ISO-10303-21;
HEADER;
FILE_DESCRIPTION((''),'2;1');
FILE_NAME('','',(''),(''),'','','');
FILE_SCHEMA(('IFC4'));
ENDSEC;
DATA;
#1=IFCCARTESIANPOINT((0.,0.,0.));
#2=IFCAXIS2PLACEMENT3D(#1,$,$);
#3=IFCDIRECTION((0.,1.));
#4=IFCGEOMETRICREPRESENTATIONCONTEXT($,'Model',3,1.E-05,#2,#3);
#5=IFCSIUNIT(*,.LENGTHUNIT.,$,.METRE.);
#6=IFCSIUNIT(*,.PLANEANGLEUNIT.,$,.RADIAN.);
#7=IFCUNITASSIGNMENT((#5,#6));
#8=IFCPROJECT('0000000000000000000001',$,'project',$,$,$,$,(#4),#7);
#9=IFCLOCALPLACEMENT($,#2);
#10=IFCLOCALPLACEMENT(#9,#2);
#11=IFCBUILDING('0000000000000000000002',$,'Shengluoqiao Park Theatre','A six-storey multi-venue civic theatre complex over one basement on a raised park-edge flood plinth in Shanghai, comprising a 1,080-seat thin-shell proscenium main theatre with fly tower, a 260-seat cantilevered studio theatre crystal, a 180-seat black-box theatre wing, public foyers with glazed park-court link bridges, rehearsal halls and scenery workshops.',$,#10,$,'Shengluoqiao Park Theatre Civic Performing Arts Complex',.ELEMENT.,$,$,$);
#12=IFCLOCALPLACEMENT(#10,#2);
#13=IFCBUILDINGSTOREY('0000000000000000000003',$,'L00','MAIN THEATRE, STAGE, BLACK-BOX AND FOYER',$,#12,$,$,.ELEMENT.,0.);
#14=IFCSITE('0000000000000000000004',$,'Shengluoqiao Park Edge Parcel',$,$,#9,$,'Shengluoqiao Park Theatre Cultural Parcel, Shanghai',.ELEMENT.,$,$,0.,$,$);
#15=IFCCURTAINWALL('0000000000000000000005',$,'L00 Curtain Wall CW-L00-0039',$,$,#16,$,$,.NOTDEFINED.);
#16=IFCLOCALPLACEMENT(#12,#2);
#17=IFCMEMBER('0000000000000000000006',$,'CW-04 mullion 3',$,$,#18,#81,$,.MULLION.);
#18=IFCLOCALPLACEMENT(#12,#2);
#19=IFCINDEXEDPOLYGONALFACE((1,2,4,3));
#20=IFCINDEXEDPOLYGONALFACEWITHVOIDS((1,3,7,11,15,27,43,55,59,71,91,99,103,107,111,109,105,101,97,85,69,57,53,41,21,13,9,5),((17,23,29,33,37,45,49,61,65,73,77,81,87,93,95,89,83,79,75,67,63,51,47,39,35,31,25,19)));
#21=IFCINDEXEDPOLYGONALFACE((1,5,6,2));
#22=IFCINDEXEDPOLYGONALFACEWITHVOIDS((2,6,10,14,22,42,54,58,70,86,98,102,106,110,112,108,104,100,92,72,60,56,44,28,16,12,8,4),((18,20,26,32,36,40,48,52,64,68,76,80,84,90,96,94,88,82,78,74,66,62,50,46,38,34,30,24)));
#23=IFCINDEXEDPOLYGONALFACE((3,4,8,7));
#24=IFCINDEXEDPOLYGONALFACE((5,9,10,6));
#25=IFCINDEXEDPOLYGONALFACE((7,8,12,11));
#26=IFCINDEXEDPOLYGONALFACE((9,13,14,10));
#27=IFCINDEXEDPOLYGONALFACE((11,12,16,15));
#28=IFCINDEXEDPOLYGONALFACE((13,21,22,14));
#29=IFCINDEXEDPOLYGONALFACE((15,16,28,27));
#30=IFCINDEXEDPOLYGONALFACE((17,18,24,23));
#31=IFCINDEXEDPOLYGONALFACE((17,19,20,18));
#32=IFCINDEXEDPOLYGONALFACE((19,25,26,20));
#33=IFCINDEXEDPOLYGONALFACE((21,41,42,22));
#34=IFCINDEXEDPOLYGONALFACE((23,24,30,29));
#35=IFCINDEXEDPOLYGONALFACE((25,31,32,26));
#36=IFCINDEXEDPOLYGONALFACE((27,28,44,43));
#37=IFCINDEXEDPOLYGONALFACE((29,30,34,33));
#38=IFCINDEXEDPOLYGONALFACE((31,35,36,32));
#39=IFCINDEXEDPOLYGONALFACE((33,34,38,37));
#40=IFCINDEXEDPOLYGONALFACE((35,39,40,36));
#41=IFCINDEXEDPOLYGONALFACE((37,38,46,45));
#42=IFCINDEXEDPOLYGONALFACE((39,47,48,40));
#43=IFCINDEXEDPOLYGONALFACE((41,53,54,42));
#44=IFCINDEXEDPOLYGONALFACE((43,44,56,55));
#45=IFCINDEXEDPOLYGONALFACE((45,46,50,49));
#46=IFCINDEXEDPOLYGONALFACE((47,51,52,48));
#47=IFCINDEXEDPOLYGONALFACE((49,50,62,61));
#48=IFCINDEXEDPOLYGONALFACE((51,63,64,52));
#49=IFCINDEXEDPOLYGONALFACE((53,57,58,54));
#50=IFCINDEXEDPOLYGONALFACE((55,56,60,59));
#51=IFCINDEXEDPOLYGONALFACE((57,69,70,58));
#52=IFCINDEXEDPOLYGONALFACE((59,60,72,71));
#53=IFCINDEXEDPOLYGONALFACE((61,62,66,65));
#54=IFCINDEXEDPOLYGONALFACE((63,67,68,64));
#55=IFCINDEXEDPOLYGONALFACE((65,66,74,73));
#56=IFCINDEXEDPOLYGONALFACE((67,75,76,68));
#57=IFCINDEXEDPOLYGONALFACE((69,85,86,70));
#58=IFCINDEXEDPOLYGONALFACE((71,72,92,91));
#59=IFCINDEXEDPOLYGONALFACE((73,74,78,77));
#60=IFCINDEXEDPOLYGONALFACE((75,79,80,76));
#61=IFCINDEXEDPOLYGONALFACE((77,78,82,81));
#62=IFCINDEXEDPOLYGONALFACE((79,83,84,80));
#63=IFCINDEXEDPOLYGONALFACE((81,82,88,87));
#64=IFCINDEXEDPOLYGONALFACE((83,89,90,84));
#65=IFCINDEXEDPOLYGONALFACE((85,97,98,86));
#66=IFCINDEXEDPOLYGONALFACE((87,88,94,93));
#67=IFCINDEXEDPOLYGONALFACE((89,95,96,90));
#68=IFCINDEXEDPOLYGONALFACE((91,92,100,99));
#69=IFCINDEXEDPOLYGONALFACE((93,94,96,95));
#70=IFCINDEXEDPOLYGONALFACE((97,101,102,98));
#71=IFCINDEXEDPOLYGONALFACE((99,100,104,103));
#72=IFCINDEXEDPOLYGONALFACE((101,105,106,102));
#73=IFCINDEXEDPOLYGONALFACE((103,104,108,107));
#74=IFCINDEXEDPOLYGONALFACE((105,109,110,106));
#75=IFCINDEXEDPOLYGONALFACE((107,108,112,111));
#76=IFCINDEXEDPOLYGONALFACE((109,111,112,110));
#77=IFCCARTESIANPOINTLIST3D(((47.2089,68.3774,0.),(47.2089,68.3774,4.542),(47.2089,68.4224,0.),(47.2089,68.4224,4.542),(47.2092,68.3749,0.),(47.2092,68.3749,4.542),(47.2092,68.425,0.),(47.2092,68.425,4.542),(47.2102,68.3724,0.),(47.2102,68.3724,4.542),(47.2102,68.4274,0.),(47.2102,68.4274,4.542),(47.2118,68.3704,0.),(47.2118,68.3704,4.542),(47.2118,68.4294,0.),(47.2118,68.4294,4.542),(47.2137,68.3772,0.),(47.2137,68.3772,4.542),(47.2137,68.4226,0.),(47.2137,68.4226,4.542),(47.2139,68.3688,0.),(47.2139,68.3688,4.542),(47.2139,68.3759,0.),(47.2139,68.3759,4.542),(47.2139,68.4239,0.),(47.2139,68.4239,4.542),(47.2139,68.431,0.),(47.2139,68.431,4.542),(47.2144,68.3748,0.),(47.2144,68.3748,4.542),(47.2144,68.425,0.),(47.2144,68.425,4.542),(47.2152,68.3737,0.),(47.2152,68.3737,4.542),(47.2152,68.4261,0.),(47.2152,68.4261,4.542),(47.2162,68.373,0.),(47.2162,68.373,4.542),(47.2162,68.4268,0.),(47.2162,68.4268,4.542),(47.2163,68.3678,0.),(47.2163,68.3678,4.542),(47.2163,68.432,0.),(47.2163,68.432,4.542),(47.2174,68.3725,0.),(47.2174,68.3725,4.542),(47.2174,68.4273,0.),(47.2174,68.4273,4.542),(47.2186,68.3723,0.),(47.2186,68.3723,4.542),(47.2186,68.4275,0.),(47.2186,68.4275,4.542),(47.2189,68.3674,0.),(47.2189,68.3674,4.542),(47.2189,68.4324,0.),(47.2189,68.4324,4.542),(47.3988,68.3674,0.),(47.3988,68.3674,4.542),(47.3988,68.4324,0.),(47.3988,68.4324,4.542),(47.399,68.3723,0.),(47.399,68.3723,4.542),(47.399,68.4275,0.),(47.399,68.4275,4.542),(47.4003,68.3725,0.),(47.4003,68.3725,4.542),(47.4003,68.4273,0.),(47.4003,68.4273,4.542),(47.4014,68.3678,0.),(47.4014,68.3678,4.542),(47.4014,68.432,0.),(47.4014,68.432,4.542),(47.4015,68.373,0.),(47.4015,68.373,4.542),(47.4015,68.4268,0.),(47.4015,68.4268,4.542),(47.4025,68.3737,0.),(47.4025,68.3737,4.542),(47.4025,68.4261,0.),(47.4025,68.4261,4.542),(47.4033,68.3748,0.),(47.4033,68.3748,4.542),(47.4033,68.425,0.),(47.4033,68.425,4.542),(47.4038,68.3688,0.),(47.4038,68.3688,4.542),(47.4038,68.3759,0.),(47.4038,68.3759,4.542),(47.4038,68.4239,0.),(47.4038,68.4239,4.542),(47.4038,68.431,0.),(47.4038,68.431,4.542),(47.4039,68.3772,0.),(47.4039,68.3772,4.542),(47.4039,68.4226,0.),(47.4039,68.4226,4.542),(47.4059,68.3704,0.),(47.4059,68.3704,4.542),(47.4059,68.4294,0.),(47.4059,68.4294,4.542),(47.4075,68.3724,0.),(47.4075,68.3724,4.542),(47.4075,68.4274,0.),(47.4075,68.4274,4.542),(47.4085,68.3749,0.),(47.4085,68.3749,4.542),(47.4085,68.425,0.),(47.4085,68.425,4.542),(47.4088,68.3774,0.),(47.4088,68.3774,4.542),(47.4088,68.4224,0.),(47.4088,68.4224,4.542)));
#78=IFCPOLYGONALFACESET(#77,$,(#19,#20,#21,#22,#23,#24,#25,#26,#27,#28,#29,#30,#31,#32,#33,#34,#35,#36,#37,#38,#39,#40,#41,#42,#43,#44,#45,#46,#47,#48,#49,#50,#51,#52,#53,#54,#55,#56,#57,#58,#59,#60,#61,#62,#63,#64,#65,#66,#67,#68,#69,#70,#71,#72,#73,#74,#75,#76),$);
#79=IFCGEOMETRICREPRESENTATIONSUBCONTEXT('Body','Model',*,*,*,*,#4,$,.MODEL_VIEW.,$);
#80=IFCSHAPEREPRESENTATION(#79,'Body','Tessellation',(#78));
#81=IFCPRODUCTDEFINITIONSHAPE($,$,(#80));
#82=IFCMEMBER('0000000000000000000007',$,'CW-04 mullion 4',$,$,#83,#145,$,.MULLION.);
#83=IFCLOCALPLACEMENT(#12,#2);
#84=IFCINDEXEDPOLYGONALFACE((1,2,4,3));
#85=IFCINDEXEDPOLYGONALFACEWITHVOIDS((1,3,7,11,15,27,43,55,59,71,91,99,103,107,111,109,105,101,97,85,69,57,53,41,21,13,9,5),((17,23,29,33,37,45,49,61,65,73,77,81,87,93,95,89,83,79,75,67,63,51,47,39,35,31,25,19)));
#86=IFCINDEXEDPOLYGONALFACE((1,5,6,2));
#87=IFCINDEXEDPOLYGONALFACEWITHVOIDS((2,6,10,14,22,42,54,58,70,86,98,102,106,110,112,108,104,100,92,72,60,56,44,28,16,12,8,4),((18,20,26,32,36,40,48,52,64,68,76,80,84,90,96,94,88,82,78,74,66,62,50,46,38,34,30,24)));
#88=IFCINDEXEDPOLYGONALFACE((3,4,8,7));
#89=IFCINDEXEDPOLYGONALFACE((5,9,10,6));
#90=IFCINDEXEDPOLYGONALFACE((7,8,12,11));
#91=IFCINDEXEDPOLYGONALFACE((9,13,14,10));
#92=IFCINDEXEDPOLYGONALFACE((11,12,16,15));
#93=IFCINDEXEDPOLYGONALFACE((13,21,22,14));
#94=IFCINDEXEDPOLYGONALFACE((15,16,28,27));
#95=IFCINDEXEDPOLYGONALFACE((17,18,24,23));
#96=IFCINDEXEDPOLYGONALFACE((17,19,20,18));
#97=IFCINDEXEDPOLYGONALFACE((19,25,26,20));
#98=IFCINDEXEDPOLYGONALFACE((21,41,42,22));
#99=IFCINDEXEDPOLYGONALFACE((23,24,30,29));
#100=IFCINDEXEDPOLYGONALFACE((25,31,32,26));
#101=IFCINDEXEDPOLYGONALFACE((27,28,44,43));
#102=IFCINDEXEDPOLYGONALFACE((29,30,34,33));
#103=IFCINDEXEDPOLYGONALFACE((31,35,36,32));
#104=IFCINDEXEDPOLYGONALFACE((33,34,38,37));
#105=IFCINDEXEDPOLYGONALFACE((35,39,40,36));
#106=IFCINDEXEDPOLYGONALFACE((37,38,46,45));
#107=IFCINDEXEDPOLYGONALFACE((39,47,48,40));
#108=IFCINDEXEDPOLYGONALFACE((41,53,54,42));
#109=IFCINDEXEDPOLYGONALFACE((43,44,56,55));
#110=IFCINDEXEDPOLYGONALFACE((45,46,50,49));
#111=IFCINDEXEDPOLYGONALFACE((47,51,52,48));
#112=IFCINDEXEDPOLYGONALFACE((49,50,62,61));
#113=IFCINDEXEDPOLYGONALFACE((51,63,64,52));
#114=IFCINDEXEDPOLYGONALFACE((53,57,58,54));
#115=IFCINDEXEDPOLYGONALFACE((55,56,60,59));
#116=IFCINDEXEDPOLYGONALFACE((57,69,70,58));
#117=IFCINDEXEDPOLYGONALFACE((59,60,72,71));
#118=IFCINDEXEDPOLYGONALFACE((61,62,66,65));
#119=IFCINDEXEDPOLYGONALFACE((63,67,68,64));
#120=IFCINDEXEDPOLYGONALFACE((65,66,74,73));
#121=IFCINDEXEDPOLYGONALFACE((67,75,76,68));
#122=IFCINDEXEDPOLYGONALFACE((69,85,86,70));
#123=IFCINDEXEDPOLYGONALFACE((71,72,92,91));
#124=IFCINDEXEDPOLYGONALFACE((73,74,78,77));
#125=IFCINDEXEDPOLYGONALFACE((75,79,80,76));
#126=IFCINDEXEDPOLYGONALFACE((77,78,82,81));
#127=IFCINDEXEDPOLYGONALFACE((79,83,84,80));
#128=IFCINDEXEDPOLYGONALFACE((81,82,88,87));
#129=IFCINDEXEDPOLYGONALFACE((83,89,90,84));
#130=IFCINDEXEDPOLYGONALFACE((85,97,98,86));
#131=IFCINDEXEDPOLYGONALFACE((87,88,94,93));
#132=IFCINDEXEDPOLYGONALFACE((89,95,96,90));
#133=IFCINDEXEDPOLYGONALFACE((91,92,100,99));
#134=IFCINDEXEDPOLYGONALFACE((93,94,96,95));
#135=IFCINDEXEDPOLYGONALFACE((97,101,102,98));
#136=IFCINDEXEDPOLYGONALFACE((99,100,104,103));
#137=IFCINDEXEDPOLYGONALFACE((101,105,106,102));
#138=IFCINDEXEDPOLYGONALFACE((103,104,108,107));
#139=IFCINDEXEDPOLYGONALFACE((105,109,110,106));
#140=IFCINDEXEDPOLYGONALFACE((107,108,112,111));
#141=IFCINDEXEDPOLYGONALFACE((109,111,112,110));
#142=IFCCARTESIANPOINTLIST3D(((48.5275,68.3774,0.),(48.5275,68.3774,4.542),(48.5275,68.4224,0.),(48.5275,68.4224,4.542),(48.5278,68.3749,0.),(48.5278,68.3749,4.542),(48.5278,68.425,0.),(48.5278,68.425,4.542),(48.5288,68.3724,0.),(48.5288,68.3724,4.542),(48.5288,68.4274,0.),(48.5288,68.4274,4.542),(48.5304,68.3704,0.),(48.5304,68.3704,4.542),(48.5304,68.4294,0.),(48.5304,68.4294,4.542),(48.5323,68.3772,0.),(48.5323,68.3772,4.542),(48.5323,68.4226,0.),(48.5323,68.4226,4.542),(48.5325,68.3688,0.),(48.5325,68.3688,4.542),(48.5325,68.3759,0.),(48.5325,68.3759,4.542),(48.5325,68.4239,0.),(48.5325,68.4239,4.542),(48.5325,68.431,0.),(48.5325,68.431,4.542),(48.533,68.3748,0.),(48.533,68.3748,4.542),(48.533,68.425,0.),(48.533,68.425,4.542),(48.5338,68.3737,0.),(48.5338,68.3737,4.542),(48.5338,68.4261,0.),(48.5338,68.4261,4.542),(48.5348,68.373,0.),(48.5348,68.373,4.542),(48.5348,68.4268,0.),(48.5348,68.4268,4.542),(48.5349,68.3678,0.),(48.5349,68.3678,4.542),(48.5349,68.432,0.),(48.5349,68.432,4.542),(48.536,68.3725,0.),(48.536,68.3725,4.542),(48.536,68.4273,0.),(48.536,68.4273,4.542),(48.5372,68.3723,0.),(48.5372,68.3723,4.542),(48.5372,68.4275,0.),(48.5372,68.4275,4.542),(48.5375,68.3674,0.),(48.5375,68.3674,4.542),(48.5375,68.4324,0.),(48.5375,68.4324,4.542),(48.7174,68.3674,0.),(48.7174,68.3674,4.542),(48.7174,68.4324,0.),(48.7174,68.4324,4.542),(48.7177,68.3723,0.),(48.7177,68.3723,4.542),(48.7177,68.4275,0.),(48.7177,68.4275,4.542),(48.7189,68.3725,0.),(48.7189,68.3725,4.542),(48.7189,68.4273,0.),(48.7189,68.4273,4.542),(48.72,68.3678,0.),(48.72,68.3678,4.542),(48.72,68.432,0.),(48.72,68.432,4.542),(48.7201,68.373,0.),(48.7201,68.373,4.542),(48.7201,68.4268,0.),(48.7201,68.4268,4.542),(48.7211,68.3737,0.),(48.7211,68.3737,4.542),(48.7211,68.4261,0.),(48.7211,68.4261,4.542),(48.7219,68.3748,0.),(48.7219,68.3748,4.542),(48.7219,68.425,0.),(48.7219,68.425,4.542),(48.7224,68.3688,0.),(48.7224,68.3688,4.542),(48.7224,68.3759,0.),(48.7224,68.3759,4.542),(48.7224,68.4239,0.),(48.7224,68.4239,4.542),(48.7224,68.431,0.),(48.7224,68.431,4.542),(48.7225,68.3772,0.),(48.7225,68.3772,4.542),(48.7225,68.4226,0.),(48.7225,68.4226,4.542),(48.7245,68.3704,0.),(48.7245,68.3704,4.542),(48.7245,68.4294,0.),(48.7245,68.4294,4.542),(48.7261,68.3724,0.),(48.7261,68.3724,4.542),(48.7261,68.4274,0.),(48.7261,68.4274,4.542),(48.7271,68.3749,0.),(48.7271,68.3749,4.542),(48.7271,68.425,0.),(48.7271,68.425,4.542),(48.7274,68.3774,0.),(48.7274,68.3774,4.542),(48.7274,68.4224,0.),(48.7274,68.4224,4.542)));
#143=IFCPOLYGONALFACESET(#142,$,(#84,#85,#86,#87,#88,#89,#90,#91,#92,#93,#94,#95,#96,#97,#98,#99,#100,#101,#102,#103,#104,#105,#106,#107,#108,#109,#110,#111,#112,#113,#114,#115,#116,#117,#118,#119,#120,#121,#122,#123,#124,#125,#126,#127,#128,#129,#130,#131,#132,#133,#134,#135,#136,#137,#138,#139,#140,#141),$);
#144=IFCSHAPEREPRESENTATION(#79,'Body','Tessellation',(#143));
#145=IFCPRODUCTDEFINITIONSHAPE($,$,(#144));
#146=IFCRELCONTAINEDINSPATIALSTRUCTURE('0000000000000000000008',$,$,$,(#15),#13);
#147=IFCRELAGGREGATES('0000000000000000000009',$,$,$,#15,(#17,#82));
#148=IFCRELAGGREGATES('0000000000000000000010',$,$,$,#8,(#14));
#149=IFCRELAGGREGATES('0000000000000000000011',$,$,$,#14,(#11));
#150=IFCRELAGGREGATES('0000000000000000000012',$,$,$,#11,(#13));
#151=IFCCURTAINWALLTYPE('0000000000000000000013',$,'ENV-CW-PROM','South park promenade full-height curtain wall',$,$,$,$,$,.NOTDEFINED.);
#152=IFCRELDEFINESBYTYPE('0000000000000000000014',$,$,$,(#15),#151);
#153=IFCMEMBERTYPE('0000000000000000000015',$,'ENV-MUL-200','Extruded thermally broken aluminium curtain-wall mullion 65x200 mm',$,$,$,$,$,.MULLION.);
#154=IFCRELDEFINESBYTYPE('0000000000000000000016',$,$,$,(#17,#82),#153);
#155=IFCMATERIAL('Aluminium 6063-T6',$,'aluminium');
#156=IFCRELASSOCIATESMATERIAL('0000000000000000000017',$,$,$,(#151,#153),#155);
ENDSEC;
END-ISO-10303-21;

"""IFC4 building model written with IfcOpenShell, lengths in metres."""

from ifc_helpers import new_model, si_unit, direction, frame, origin, origin_2d, place, context, subcontext, project, spatial, hollow_rectangle, extrude, material, material_profile, profile_set, type_object, element, aggregate, save


model = new_model("IFC4")

# Units and contexts
model_context = context("Model", 3, precision=1e-05, world=origin(), true_north=direction((0.0, 1.0)))
body_context = subcontext(model_context, "Body", "Model", "MODEL_VIEW")
ifc_project = project(units=[si_unit("LENGTHUNIT", "METRE"), si_unit("PLANEANGLEUNIT", "RADIAN")], contexts=[model_context])

# Site, building, storey
site_placement = place(None, origin())
site = spatial("IfcSite", under=ifc_project, at=site_placement, Name="Shengluoqiao Park Edge Parcel", LongName="Shengluoqiao Park Theatre Cultural Parcel, Shanghai", CompositionType="ELEMENT", RefElevation=0.0)
building_placement = place(site_placement, origin())
building = spatial("IfcBuilding", under=site, at=building_placement, Name="Shengluoqiao Park Theatre", Description="A six-storey multi-venue civic theatre complex over one basement on a raised park-edge flood plinth in Shanghai, comprising a 1,080-seat thin-shell proscenium main theatre with fly tower, a 260-seat cantilevered studio theatre crystal, a 180-seat black-box theatre wing, public foyers with glazed park-court link bridges, rehearsal halls and scenery workshops.", LongName="Shengluoqiao Park Theatre Civic Performing Arts Complex", CompositionType="ELEMENT")
storey_placement = place(building_placement, origin())
storey = spatial("IfcBuildingStorey", under=building, at=storey_placement, Name="L00", Description="MAIN THEATRE, STAGE, BLACK-BOX AND FOYER", CompositionType="ELEMENT", Elevation=0.0)

# Curtain wall, members
ifc_material_1 = material(Name="Aluminium 6063-T6", Category="aluminium")
curtain_wall_type = type_object("IfcCurtainWallType", Name="ENV-CW-PROM", Description="South park promenade full-height curtain wall", PredefinedType="NOTDEFINED", material=ifc_material_1)
curtain_wall_placement = place(storey_placement, origin())
curtain_wall = element("IfcCurtainWall", 1, at=curtain_wall_placement, inside=storey, type_object=curtain_wall_type, Name="L00 Curtain Wall CW-L00-0039", PredefinedType="NOTDEFINED")
ifc_material_profile_1 = material_profile(ifc_material_1, hollow_rectangle(XDim=0.0649, YDim=0.2, WallThickness=0.0049, InnerFilletRadius=0.0049, OuterFilletRadius=0.01, at=origin_2d()), Name="ALU MULLION 200x65x5")
ifc_profile_set_1 = profile_set([ifc_material_profile_1], Name="Aluminium 6063-T6")
member_type_1 = type_object("IfcMemberType", Name="ENV-MUL-200", Description="Extruded thermally broken aluminium curtain-wall mullion 65x200 mm", PredefinedType="MULLION", material=ifc_profile_set_1)
member_1_placement = place(storey_placement, frame((47.3088, 68.3999, 0.0), z_axis=(0.0, 0.0, 1.0), x_axis=(0.0, 1.0, 0.0)))
member_1 = element("IfcMember", 2, at=member_1_placement, type_object=member_type_1, Name="CW-04 mullion 3", PredefinedType="MULLION", context=body_context, shape_type="SweptSolid", body=[
    extrude(hollow_rectangle(XDim=0.0649, YDim=0.2, WallThickness=0.0049, InnerFilletRadius=0.0049, OuterFilletRadius=0.01, at=origin_2d()), origin(), (0.0, 0.0, 1.0), 4.542),
])
member_2_placement = place(storey_placement, frame((48.6274, 68.3999, 0.0), z_axis=(0.0, 0.0, 1.0), x_axis=(0.0, 1.0, 0.0)))
member_2 = element("IfcMember", 3, at=member_2_placement, type_object=member_type_1, Name="CW-04 mullion 4", PredefinedType="MULLION", context=body_context, shape_type="SweptSolid", body=[
    extrude(hollow_rectangle(XDim=0.0649, YDim=0.2, WallThickness=0.0049, InnerFilletRadius=0.0049, OuterFilletRadius=0.01, at=origin_2d()), origin(), (0.0, 0.0, 1.0), 4.542),
])
aggregate(curtain_wall, [member_1, member_2])

save(model, "model.ifc")
